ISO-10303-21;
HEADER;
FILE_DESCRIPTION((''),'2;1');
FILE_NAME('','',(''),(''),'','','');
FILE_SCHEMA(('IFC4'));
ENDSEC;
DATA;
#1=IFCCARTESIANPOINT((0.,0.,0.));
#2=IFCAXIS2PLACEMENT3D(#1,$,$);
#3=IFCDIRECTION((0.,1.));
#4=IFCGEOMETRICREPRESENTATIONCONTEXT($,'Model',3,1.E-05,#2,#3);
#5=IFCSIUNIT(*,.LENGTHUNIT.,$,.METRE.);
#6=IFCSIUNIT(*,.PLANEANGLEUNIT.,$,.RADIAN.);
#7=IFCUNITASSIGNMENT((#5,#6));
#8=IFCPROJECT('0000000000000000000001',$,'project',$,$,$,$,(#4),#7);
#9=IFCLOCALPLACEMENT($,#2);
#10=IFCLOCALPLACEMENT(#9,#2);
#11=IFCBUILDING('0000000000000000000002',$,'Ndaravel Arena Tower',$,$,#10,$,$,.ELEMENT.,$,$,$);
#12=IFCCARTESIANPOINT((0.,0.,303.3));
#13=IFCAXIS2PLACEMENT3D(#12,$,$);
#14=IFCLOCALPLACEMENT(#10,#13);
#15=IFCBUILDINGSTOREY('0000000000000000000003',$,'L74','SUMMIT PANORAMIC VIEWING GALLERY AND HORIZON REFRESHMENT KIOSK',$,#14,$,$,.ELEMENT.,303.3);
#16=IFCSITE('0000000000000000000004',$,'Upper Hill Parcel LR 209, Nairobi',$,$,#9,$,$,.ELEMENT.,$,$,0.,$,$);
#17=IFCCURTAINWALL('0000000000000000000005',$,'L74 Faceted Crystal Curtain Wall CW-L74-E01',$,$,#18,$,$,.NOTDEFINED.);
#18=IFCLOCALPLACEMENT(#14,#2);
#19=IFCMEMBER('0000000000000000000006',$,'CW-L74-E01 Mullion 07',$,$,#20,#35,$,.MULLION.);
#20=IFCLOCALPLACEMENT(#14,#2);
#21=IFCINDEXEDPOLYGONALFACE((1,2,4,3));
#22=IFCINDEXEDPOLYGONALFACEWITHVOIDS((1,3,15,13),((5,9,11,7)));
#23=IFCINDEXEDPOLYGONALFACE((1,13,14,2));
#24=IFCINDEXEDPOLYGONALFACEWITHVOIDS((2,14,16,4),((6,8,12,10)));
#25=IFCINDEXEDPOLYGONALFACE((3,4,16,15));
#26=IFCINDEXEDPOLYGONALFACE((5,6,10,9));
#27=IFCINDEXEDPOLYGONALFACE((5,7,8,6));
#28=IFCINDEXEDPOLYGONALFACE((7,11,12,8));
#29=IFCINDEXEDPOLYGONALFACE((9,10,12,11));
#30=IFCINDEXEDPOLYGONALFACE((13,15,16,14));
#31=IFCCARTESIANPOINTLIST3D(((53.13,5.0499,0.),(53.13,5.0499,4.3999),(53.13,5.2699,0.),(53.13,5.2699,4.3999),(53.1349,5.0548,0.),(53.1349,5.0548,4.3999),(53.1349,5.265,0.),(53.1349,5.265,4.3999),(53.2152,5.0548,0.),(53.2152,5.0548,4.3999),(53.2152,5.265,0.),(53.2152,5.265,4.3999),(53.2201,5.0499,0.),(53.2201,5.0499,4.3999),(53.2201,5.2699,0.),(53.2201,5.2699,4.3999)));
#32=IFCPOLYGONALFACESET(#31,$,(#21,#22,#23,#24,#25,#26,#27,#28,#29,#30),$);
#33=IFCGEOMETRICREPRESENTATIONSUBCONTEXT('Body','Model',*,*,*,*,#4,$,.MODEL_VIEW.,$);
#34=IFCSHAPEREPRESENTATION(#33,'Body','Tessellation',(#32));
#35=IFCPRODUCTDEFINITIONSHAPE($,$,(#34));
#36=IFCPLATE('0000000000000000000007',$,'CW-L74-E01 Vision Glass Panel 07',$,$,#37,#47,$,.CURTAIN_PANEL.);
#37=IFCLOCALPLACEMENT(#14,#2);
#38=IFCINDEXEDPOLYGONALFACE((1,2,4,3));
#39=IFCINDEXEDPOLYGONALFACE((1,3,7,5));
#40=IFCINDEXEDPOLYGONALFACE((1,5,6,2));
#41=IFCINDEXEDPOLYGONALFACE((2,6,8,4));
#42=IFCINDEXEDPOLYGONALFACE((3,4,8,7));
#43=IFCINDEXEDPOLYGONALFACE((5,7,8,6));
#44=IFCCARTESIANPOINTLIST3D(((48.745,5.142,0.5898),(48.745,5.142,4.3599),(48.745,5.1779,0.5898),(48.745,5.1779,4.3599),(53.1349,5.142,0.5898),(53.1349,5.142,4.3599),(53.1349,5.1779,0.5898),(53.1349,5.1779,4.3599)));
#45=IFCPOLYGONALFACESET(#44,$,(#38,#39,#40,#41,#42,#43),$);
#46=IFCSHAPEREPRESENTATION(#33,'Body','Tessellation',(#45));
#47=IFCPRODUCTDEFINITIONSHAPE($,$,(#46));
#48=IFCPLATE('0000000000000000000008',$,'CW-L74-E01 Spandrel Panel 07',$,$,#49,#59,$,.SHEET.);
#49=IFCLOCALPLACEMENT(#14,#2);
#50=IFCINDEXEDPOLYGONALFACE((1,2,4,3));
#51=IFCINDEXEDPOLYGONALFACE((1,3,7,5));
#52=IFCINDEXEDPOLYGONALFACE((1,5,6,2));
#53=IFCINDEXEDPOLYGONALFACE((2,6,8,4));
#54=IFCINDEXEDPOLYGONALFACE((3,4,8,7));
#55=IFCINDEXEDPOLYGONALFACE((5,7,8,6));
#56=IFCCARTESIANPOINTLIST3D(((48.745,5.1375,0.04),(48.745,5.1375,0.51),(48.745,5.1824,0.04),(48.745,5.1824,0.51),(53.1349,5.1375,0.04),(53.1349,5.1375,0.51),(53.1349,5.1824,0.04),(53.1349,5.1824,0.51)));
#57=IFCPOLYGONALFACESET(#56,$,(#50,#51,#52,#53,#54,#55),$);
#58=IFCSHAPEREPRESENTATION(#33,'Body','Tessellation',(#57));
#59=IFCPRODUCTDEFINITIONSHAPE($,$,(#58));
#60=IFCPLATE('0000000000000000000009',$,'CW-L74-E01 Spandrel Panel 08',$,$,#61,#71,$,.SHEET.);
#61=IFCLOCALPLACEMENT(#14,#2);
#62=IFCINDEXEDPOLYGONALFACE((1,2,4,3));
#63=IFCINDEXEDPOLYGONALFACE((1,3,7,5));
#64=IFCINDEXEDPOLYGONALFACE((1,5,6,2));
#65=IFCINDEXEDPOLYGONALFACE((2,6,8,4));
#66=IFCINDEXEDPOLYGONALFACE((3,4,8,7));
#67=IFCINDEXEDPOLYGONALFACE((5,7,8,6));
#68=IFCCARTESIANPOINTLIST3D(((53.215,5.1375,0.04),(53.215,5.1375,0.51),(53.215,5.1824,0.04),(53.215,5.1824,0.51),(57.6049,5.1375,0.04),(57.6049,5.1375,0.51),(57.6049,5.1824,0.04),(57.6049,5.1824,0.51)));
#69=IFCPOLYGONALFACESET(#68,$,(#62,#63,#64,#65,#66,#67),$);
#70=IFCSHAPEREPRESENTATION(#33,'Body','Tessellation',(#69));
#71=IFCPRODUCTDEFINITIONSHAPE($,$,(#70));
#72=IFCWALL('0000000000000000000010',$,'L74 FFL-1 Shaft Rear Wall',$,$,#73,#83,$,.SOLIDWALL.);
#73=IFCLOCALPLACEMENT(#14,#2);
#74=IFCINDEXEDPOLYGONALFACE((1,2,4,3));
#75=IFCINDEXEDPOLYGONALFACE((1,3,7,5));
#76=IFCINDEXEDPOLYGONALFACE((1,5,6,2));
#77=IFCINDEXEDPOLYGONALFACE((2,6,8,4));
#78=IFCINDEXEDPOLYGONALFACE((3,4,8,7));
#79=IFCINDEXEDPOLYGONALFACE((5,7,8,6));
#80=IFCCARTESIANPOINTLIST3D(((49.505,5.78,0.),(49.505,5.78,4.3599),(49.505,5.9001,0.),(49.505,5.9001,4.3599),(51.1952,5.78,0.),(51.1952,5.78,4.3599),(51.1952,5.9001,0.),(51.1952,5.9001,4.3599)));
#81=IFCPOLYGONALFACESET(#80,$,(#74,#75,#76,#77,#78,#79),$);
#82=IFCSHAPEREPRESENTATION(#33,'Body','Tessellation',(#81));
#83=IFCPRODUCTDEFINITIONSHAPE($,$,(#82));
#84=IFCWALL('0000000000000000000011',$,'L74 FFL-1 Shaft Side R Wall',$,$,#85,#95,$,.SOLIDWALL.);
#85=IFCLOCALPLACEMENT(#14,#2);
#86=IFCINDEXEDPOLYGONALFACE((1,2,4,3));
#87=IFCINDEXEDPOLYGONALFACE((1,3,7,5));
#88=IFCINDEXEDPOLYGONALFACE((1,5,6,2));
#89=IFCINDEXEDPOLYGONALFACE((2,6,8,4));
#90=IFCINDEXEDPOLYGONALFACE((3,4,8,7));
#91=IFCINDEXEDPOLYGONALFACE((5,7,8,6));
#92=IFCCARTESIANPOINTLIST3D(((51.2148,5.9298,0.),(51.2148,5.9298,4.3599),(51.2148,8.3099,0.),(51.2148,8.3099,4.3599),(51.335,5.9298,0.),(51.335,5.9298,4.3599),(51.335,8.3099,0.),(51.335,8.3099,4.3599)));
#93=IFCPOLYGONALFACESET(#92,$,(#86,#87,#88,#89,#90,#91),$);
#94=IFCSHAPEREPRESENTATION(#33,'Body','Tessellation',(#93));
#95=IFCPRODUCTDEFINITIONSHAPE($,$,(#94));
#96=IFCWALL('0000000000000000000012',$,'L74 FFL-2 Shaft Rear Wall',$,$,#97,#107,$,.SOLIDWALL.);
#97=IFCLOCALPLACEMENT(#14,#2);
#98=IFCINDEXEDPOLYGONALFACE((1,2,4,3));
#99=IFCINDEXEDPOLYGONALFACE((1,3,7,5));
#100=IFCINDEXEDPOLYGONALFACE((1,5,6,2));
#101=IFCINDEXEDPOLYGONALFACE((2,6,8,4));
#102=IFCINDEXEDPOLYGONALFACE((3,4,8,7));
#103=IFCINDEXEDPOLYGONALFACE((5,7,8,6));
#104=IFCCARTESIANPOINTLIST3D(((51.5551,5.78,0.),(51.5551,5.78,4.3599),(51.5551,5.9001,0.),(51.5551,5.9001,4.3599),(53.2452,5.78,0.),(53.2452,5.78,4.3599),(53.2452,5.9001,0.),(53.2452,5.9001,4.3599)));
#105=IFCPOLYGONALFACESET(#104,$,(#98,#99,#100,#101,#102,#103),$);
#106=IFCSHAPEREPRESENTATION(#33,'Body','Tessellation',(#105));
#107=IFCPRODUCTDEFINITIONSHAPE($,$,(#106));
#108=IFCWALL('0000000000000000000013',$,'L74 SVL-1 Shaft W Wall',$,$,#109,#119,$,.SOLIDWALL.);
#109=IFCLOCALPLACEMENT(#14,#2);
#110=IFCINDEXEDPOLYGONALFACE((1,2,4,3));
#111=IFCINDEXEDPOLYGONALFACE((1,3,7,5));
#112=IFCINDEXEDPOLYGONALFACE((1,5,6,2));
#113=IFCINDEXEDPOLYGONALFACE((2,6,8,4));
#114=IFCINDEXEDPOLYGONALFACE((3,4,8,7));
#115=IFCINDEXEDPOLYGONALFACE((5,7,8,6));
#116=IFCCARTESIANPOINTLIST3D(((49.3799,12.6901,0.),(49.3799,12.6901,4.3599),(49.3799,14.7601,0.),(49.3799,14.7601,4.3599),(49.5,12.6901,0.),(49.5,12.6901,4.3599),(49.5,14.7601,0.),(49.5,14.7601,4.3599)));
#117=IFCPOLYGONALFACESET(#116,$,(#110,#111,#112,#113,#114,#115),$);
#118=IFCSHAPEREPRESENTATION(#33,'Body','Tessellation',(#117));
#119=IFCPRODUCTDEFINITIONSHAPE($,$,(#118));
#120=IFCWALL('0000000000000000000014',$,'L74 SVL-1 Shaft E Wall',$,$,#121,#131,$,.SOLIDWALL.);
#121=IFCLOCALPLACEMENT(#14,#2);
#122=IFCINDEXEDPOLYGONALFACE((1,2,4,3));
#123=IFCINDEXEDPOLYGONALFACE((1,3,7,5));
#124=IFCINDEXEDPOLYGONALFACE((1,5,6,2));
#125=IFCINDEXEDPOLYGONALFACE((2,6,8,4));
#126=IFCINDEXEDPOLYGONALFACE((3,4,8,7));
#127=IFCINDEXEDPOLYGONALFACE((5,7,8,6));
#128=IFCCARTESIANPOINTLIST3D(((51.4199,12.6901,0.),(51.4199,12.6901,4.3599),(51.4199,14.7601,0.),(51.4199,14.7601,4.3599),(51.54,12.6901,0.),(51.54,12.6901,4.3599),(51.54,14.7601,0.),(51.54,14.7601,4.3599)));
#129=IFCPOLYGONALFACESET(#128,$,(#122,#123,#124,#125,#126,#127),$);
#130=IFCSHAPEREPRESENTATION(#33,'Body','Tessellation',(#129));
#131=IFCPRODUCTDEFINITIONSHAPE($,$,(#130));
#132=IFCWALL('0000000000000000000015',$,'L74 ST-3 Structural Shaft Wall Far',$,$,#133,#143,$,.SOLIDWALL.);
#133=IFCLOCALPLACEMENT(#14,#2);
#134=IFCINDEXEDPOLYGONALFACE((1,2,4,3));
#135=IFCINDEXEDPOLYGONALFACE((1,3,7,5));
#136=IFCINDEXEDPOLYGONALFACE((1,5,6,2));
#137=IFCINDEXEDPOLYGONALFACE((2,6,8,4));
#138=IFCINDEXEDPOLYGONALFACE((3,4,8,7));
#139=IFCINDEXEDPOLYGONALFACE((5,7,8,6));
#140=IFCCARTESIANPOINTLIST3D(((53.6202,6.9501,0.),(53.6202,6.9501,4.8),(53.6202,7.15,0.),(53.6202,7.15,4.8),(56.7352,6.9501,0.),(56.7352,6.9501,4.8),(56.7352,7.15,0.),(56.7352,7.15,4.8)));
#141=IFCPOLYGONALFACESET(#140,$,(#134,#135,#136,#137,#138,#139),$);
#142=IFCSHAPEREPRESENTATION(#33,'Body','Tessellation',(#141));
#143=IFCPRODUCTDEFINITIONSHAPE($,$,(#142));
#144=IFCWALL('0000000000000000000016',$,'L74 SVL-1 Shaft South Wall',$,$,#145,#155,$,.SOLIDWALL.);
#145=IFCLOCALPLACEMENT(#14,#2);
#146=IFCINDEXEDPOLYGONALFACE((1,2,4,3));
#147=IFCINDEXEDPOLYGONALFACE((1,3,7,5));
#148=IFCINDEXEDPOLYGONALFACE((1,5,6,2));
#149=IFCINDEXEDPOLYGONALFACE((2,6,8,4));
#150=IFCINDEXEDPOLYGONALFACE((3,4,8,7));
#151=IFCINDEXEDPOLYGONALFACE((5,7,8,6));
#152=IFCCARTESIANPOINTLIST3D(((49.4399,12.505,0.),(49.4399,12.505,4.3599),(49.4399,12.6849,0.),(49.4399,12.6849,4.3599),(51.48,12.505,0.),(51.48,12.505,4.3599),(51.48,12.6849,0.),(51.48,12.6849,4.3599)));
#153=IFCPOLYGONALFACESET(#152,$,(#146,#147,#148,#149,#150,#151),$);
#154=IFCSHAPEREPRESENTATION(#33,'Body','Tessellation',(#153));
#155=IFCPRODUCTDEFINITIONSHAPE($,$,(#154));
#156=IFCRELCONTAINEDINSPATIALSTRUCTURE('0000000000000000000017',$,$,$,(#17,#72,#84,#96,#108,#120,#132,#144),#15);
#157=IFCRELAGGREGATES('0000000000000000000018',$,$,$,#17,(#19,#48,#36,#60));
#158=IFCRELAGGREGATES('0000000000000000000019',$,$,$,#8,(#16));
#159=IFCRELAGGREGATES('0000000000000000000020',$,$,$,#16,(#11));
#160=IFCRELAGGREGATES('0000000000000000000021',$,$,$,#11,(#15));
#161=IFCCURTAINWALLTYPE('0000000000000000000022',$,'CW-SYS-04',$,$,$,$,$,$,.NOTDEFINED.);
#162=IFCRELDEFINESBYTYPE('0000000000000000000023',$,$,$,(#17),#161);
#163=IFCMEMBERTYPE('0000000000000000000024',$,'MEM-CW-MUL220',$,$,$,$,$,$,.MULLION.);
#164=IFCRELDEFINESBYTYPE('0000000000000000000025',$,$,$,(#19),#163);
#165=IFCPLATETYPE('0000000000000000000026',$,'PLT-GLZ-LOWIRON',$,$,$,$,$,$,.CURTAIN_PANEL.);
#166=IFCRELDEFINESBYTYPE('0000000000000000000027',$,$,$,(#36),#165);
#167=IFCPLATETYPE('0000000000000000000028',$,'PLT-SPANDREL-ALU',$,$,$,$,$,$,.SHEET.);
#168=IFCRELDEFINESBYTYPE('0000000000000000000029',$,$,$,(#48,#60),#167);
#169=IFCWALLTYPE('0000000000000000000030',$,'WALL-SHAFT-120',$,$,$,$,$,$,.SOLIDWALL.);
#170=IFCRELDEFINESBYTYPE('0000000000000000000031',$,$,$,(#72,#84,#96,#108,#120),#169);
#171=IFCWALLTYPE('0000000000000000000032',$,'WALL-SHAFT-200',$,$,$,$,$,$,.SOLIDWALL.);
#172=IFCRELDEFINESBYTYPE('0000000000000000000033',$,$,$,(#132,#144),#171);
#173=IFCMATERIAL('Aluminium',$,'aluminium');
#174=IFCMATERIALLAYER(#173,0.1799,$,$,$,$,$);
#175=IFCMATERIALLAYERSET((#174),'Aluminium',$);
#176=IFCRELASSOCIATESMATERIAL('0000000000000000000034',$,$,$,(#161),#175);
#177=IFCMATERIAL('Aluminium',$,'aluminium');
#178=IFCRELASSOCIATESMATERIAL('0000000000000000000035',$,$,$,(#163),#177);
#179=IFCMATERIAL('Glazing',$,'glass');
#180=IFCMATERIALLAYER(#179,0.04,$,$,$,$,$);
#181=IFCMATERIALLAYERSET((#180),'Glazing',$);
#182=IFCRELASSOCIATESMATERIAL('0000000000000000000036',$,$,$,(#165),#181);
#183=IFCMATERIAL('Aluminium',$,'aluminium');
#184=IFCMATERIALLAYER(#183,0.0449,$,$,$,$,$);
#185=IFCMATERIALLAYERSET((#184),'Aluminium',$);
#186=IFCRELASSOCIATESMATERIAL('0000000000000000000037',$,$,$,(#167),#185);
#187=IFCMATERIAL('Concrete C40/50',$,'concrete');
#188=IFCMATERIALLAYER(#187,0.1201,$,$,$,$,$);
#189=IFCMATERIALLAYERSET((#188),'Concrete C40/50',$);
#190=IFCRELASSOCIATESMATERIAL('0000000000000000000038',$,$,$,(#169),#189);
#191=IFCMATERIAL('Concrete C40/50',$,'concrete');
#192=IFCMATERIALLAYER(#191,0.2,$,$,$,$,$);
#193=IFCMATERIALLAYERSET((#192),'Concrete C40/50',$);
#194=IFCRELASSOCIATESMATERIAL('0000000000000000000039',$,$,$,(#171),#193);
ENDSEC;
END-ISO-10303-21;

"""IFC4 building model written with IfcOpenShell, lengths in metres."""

from ifc_helpers import new_model, si_unit, direction, frame, frame_2d, origin, origin_2d, place, context, subcontext, project, spatial, rectangle, hollow_rectangle, extrude, material, layer, layer_set, material_profile, profile_set, type_object, element, aggregate, save


model = new_model("IFC4")

# Units and contexts
model_context = context("Model", 3, precision=1e-05, world=origin(), true_north=direction((0.0, 1.0)))
body_context = subcontext(model_context, "Body", "Model", "MODEL_VIEW")
ifc_project = project(units=[si_unit("LENGTHUNIT", "METRE"), si_unit("PLANEANGLEUNIT", "RADIAN")], contexts=[model_context])

# Site, building, storey
site_placement = place(None, origin())
site = spatial("IfcSite", under=ifc_project, at=site_placement, Name="Upper Hill Parcel LR 209, Nairobi", CompositionType="ELEMENT", RefElevation=0.0)
building_placement = place(site_placement, origin())
building = spatial("IfcBuilding", under=site, at=building_placement, Name="Ndaravel Arena Tower", CompositionType="ELEMENT")
storey_placement = place(building_placement, frame((0.0, 0.0, 303.3)))
storey = spatial("IfcBuildingStorey", under=building, at=storey_placement, Name="L74", Description="SUMMIT PANORAMIC VIEWING GALLERY AND HORIZON REFRESHMENT KIOSK", CompositionType="ELEMENT", Elevation=303.3)

# Curtain wall, member, plates
ifc_material_1 = material(Name="Aluminium", Category="aluminium")
ifc_layer_1 = layer(ifc_material_1, 0.1799)
ifc_layer_set_1 = layer_set([ifc_layer_1], Name="Aluminium")
curtain_wall_type = type_object("IfcCurtainWallType", Name="CW-SYS-04", PredefinedType="NOTDEFINED", material=ifc_layer_set_1)
curtain_wall_placement = place(storey_placement, origin())
curtain_wall = element("IfcCurtainWall", 1, at=curtain_wall_placement, inside=storey, type_object=curtain_wall_type, Name="L74 Faceted Crystal Curtain Wall CW-L74-E01", PredefinedType="NOTDEFINED")
ifc_material_2 = material(Name="Aluminium", Category="aluminium")
ifc_material_profile = material_profile(ifc_material_2, hollow_rectangle(XDim=0.0901, YDim=0.22, WallThickness=0.0049, at=origin_2d()), Name="CW MULLION 90x220x5")
ifc_profile_set = profile_set([ifc_material_profile], Name="Aluminium")
member_type = type_object("IfcMemberType", Name="MEM-CW-MUL220", PredefinedType="MULLION", material=ifc_profile_set)
member_placement = place(storey_placement, frame((53.175, 5.1599, 0.0), z_axis=(0.0, 0.0, 1.0), x_axis=(1.0, 0.0, 0.0)))
member = element("IfcMember", 2, at=member_placement, type_object=member_type, Name="CW-L74-E01 Mullion 07", PredefinedType="MULLION", context=body_context, shape_type="SweptSolid", body=[
    extrude(hollow_rectangle(XDim=0.0901, YDim=0.22, WallThickness=0.0049, at=origin_2d()), origin(), (0.0, 0.0, 1.0), 4.3999),
])
ifc_material_3 = material(Name="Glazing", Category="glass")
ifc_layer_2 = layer(ifc_material_3, 0.04)
ifc_layer_set_2 = layer_set([ifc_layer_2], Name="Glazing")
plate_type_1 = type_object("IfcPlateType", Name="PLT-GLZ-LOWIRON", PredefinedType="CURTAIN_PANEL", material=ifc_layer_set_2)
plate_1_placement = place(storey_placement, frame((50.9399, 5.1599, 0.5898), z_axis=(0.0, 0.0, 1.0), x_axis=(1.0, 0.0, 0.0)))
plate_1 = element("IfcPlate", 3, at=plate_1_placement, type_object=plate_type_1, Name="CW-L74-E01 Vision Glass Panel 07", PredefinedType="CURTAIN_PANEL", context=body_context, shape_type="SweptSolid", body=[
    extrude(rectangle(XDim=4.3899, YDim=0.0359, at=origin_2d()), origin(), (0.0, 0.0, 1.0), 3.77),
])
ifc_material_4 = material(Name="Aluminium", Category="aluminium")
ifc_layer_3 = layer(ifc_material_4, 0.0449)
ifc_layer_set_3 = layer_set([ifc_layer_3], Name="Aluminium")
plate_type_2 = type_object("IfcPlateType", Name="PLT-SPANDREL-ALU", PredefinedType="SHEET", material=ifc_layer_set_3)
plate_2_placement = place(storey_placement, frame((50.9399, 5.1599, 0.04), z_axis=(0.0, 0.0, 1.0), x_axis=(1.0, 0.0, 0.0)))
plate_2 = element("IfcPlate", 4, at=plate_2_placement, type_object=plate_type_2, Name="CW-L74-E01 Spandrel Panel 07", PredefinedType="SHEET", context=body_context, shape_type="SweptSolid", body=[
    extrude(rectangle(XDim=4.3899, YDim=0.0449, at=origin_2d()), origin(), (0.0, 0.0, 1.0), 0.47),
])
plate_3_placement = place(storey_placement, frame((55.4099, 5.1599, 0.04), z_axis=(0.0, 0.0, 1.0), x_axis=(1.0, 0.0, 0.0)))
plate_3 = element("IfcPlate", 5, at=plate_3_placement, type_object=plate_type_2, Name="CW-L74-E01 Spandrel Panel 08", PredefinedType="SHEET", context=body_context, shape_type="SweptSolid", body=[
    extrude(rectangle(XDim=4.3899, YDim=0.0449, at=origin_2d()), origin(), (0.0, 0.0, 1.0), 0.47),
])
aggregate(curtain_wall, [member, plate_2, plate_1, plate_3])

# Walls
ifc_material_5 = material(Name="Concrete C40/50", Category="concrete")
ifc_layer_4 = layer(ifc_material_5, 0.1201)
ifc_layer_set_4 = layer_set([ifc_layer_4], Name="Concrete C40/50")
wall_type_1 = type_object("IfcWallType", Name="WALL-SHAFT-120", PredefinedType="SOLIDWALL", material=ifc_layer_set_4)
wall_1_placement = place(storey_placement, frame((49.5049, 5.8401, 0.0), z_axis=(0.0, 0.0, 1.0), x_axis=(1.0, 0.0, 0.0)))
element("IfcWall", 6, at=wall_1_placement, inside=storey, type_object=wall_type_1, Name="L74 FFL-1 Shaft Rear Wall", PredefinedType="SOLIDWALL", context=body_context, shape_type="SweptSolid", body=[
    extrude(rectangle(XDim=1.6902, YDim=0.1201, at=frame_2d((0.8452, 0.0))), origin(), (0.0, 0.0, 1.0), 4.3599),
])
wall_2_placement = place(storey_placement, frame((51.2749, 5.9299, 0.0), z_axis=(0.0, 0.0, 1.0), x_axis=(0.0, 1.0, 0.0)))
element("IfcWall", 7, at=wall_2_placement, inside=storey, type_object=wall_type_1, Name="L74 FFL-1 Shaft Side R Wall", PredefinedType="SOLIDWALL", context=body_context, shape_type="SweptSolid", body=[
    extrude(rectangle(XDim=2.3801, YDim=0.1201, at=frame_2d((1.1899, 0.0))), origin(), (0.0, 0.0, 1.0), 4.3599),
])
wall_3_placement = place(storey_placement, frame((51.5549, 5.8401, 0.0), z_axis=(0.0, 0.0, 1.0), x_axis=(1.0, 0.0, 0.0)))
element("IfcWall", 8, at=wall_3_placement, inside=storey, type_object=wall_type_1, Name="L74 FFL-2 Shaft Rear Wall", PredefinedType="SOLIDWALL", context=body_context, shape_type="SweptSolid", body=[
    extrude(rectangle(XDim=1.6902, YDim=0.1201, at=frame_2d((0.8452, 0.0))), origin(), (0.0, 0.0, 1.0), 4.3599),
])
for number, where, z_axis, x_axis, name in (
    (9, (49.4399, 12.6899, 0.0), (0.0, 0.0, 1.0), (0.0, 1.0, 0.0), "L74 SVL-1 Shaft W Wall"),
    (10, (51.48, 12.6899, 0.0), (0.0, 0.0, 1.0), (0.0, 1.0, 0.0), "L74 SVL-1 Shaft E Wall"),
):
    element("IfcWall", number, at=place(storey_placement, frame(where, z_axis=z_axis, x_axis=x_axis)), inside=storey, type_object=wall_type_1, Name=name, PredefinedType="SOLIDWALL", context=body_context, shape_type="SweptSolid", body=[
        extrude(rectangle(XDim=2.0701, YDim=0.1201, at=frame_2d((1.0352, 0.0))), origin(), (0.0, 0.0, 1.0), 4.3599),
    ])
ifc_material_6 = material(Name="Concrete C40/50", Category="concrete")
ifc_layer_5 = layer(ifc_material_6, 0.2)
ifc_layer_set_5 = layer_set([ifc_layer_5], Name="Concrete C40/50")
wall_type_2 = type_object("IfcWallType", Name="WALL-SHAFT-200", PredefinedType="SOLIDWALL", material=ifc_layer_set_5)
wall_4_placement = place(storey_placement, frame((53.6201, 7.05, 0.0), z_axis=(0.0, 0.0, 1.0), x_axis=(1.0, 0.0, 0.0)))
element("IfcWall", 11, at=wall_4_placement, inside=storey, type_object=wall_type_2, Name="L74 ST-3 Structural Shaft Wall Far", PredefinedType="SOLIDWALL", context=body_context, shape_type="SweptSolid", body=[
    extrude(rectangle(XDim=3.115, YDim=0.2, at=frame_2d((1.5576, 0.0))), origin(), (0.0, 0.0, 1.0), 4.8),
])

# Wall
wall_5_placement = place(storey_placement, frame((49.4399, 12.595, 0.0), z_axis=(0.0, 0.0, 1.0), x_axis=(1.0, 0.0, 0.0)))
element("IfcWall", 12, at=wall_5_placement, inside=storey, type_object=wall_type_2, Name="L74 SVL-1 Shaft South Wall", PredefinedType="SOLIDWALL", context=body_context, shape_type="SweptSolid", body=[
    extrude(rectangle(XDim=2.04, YDim=0.1799, at=frame_2d((1.02, 0.0))), origin(), (0.0, 0.0, 1.0), 4.3599),
])

save(model, "model.ifc")
